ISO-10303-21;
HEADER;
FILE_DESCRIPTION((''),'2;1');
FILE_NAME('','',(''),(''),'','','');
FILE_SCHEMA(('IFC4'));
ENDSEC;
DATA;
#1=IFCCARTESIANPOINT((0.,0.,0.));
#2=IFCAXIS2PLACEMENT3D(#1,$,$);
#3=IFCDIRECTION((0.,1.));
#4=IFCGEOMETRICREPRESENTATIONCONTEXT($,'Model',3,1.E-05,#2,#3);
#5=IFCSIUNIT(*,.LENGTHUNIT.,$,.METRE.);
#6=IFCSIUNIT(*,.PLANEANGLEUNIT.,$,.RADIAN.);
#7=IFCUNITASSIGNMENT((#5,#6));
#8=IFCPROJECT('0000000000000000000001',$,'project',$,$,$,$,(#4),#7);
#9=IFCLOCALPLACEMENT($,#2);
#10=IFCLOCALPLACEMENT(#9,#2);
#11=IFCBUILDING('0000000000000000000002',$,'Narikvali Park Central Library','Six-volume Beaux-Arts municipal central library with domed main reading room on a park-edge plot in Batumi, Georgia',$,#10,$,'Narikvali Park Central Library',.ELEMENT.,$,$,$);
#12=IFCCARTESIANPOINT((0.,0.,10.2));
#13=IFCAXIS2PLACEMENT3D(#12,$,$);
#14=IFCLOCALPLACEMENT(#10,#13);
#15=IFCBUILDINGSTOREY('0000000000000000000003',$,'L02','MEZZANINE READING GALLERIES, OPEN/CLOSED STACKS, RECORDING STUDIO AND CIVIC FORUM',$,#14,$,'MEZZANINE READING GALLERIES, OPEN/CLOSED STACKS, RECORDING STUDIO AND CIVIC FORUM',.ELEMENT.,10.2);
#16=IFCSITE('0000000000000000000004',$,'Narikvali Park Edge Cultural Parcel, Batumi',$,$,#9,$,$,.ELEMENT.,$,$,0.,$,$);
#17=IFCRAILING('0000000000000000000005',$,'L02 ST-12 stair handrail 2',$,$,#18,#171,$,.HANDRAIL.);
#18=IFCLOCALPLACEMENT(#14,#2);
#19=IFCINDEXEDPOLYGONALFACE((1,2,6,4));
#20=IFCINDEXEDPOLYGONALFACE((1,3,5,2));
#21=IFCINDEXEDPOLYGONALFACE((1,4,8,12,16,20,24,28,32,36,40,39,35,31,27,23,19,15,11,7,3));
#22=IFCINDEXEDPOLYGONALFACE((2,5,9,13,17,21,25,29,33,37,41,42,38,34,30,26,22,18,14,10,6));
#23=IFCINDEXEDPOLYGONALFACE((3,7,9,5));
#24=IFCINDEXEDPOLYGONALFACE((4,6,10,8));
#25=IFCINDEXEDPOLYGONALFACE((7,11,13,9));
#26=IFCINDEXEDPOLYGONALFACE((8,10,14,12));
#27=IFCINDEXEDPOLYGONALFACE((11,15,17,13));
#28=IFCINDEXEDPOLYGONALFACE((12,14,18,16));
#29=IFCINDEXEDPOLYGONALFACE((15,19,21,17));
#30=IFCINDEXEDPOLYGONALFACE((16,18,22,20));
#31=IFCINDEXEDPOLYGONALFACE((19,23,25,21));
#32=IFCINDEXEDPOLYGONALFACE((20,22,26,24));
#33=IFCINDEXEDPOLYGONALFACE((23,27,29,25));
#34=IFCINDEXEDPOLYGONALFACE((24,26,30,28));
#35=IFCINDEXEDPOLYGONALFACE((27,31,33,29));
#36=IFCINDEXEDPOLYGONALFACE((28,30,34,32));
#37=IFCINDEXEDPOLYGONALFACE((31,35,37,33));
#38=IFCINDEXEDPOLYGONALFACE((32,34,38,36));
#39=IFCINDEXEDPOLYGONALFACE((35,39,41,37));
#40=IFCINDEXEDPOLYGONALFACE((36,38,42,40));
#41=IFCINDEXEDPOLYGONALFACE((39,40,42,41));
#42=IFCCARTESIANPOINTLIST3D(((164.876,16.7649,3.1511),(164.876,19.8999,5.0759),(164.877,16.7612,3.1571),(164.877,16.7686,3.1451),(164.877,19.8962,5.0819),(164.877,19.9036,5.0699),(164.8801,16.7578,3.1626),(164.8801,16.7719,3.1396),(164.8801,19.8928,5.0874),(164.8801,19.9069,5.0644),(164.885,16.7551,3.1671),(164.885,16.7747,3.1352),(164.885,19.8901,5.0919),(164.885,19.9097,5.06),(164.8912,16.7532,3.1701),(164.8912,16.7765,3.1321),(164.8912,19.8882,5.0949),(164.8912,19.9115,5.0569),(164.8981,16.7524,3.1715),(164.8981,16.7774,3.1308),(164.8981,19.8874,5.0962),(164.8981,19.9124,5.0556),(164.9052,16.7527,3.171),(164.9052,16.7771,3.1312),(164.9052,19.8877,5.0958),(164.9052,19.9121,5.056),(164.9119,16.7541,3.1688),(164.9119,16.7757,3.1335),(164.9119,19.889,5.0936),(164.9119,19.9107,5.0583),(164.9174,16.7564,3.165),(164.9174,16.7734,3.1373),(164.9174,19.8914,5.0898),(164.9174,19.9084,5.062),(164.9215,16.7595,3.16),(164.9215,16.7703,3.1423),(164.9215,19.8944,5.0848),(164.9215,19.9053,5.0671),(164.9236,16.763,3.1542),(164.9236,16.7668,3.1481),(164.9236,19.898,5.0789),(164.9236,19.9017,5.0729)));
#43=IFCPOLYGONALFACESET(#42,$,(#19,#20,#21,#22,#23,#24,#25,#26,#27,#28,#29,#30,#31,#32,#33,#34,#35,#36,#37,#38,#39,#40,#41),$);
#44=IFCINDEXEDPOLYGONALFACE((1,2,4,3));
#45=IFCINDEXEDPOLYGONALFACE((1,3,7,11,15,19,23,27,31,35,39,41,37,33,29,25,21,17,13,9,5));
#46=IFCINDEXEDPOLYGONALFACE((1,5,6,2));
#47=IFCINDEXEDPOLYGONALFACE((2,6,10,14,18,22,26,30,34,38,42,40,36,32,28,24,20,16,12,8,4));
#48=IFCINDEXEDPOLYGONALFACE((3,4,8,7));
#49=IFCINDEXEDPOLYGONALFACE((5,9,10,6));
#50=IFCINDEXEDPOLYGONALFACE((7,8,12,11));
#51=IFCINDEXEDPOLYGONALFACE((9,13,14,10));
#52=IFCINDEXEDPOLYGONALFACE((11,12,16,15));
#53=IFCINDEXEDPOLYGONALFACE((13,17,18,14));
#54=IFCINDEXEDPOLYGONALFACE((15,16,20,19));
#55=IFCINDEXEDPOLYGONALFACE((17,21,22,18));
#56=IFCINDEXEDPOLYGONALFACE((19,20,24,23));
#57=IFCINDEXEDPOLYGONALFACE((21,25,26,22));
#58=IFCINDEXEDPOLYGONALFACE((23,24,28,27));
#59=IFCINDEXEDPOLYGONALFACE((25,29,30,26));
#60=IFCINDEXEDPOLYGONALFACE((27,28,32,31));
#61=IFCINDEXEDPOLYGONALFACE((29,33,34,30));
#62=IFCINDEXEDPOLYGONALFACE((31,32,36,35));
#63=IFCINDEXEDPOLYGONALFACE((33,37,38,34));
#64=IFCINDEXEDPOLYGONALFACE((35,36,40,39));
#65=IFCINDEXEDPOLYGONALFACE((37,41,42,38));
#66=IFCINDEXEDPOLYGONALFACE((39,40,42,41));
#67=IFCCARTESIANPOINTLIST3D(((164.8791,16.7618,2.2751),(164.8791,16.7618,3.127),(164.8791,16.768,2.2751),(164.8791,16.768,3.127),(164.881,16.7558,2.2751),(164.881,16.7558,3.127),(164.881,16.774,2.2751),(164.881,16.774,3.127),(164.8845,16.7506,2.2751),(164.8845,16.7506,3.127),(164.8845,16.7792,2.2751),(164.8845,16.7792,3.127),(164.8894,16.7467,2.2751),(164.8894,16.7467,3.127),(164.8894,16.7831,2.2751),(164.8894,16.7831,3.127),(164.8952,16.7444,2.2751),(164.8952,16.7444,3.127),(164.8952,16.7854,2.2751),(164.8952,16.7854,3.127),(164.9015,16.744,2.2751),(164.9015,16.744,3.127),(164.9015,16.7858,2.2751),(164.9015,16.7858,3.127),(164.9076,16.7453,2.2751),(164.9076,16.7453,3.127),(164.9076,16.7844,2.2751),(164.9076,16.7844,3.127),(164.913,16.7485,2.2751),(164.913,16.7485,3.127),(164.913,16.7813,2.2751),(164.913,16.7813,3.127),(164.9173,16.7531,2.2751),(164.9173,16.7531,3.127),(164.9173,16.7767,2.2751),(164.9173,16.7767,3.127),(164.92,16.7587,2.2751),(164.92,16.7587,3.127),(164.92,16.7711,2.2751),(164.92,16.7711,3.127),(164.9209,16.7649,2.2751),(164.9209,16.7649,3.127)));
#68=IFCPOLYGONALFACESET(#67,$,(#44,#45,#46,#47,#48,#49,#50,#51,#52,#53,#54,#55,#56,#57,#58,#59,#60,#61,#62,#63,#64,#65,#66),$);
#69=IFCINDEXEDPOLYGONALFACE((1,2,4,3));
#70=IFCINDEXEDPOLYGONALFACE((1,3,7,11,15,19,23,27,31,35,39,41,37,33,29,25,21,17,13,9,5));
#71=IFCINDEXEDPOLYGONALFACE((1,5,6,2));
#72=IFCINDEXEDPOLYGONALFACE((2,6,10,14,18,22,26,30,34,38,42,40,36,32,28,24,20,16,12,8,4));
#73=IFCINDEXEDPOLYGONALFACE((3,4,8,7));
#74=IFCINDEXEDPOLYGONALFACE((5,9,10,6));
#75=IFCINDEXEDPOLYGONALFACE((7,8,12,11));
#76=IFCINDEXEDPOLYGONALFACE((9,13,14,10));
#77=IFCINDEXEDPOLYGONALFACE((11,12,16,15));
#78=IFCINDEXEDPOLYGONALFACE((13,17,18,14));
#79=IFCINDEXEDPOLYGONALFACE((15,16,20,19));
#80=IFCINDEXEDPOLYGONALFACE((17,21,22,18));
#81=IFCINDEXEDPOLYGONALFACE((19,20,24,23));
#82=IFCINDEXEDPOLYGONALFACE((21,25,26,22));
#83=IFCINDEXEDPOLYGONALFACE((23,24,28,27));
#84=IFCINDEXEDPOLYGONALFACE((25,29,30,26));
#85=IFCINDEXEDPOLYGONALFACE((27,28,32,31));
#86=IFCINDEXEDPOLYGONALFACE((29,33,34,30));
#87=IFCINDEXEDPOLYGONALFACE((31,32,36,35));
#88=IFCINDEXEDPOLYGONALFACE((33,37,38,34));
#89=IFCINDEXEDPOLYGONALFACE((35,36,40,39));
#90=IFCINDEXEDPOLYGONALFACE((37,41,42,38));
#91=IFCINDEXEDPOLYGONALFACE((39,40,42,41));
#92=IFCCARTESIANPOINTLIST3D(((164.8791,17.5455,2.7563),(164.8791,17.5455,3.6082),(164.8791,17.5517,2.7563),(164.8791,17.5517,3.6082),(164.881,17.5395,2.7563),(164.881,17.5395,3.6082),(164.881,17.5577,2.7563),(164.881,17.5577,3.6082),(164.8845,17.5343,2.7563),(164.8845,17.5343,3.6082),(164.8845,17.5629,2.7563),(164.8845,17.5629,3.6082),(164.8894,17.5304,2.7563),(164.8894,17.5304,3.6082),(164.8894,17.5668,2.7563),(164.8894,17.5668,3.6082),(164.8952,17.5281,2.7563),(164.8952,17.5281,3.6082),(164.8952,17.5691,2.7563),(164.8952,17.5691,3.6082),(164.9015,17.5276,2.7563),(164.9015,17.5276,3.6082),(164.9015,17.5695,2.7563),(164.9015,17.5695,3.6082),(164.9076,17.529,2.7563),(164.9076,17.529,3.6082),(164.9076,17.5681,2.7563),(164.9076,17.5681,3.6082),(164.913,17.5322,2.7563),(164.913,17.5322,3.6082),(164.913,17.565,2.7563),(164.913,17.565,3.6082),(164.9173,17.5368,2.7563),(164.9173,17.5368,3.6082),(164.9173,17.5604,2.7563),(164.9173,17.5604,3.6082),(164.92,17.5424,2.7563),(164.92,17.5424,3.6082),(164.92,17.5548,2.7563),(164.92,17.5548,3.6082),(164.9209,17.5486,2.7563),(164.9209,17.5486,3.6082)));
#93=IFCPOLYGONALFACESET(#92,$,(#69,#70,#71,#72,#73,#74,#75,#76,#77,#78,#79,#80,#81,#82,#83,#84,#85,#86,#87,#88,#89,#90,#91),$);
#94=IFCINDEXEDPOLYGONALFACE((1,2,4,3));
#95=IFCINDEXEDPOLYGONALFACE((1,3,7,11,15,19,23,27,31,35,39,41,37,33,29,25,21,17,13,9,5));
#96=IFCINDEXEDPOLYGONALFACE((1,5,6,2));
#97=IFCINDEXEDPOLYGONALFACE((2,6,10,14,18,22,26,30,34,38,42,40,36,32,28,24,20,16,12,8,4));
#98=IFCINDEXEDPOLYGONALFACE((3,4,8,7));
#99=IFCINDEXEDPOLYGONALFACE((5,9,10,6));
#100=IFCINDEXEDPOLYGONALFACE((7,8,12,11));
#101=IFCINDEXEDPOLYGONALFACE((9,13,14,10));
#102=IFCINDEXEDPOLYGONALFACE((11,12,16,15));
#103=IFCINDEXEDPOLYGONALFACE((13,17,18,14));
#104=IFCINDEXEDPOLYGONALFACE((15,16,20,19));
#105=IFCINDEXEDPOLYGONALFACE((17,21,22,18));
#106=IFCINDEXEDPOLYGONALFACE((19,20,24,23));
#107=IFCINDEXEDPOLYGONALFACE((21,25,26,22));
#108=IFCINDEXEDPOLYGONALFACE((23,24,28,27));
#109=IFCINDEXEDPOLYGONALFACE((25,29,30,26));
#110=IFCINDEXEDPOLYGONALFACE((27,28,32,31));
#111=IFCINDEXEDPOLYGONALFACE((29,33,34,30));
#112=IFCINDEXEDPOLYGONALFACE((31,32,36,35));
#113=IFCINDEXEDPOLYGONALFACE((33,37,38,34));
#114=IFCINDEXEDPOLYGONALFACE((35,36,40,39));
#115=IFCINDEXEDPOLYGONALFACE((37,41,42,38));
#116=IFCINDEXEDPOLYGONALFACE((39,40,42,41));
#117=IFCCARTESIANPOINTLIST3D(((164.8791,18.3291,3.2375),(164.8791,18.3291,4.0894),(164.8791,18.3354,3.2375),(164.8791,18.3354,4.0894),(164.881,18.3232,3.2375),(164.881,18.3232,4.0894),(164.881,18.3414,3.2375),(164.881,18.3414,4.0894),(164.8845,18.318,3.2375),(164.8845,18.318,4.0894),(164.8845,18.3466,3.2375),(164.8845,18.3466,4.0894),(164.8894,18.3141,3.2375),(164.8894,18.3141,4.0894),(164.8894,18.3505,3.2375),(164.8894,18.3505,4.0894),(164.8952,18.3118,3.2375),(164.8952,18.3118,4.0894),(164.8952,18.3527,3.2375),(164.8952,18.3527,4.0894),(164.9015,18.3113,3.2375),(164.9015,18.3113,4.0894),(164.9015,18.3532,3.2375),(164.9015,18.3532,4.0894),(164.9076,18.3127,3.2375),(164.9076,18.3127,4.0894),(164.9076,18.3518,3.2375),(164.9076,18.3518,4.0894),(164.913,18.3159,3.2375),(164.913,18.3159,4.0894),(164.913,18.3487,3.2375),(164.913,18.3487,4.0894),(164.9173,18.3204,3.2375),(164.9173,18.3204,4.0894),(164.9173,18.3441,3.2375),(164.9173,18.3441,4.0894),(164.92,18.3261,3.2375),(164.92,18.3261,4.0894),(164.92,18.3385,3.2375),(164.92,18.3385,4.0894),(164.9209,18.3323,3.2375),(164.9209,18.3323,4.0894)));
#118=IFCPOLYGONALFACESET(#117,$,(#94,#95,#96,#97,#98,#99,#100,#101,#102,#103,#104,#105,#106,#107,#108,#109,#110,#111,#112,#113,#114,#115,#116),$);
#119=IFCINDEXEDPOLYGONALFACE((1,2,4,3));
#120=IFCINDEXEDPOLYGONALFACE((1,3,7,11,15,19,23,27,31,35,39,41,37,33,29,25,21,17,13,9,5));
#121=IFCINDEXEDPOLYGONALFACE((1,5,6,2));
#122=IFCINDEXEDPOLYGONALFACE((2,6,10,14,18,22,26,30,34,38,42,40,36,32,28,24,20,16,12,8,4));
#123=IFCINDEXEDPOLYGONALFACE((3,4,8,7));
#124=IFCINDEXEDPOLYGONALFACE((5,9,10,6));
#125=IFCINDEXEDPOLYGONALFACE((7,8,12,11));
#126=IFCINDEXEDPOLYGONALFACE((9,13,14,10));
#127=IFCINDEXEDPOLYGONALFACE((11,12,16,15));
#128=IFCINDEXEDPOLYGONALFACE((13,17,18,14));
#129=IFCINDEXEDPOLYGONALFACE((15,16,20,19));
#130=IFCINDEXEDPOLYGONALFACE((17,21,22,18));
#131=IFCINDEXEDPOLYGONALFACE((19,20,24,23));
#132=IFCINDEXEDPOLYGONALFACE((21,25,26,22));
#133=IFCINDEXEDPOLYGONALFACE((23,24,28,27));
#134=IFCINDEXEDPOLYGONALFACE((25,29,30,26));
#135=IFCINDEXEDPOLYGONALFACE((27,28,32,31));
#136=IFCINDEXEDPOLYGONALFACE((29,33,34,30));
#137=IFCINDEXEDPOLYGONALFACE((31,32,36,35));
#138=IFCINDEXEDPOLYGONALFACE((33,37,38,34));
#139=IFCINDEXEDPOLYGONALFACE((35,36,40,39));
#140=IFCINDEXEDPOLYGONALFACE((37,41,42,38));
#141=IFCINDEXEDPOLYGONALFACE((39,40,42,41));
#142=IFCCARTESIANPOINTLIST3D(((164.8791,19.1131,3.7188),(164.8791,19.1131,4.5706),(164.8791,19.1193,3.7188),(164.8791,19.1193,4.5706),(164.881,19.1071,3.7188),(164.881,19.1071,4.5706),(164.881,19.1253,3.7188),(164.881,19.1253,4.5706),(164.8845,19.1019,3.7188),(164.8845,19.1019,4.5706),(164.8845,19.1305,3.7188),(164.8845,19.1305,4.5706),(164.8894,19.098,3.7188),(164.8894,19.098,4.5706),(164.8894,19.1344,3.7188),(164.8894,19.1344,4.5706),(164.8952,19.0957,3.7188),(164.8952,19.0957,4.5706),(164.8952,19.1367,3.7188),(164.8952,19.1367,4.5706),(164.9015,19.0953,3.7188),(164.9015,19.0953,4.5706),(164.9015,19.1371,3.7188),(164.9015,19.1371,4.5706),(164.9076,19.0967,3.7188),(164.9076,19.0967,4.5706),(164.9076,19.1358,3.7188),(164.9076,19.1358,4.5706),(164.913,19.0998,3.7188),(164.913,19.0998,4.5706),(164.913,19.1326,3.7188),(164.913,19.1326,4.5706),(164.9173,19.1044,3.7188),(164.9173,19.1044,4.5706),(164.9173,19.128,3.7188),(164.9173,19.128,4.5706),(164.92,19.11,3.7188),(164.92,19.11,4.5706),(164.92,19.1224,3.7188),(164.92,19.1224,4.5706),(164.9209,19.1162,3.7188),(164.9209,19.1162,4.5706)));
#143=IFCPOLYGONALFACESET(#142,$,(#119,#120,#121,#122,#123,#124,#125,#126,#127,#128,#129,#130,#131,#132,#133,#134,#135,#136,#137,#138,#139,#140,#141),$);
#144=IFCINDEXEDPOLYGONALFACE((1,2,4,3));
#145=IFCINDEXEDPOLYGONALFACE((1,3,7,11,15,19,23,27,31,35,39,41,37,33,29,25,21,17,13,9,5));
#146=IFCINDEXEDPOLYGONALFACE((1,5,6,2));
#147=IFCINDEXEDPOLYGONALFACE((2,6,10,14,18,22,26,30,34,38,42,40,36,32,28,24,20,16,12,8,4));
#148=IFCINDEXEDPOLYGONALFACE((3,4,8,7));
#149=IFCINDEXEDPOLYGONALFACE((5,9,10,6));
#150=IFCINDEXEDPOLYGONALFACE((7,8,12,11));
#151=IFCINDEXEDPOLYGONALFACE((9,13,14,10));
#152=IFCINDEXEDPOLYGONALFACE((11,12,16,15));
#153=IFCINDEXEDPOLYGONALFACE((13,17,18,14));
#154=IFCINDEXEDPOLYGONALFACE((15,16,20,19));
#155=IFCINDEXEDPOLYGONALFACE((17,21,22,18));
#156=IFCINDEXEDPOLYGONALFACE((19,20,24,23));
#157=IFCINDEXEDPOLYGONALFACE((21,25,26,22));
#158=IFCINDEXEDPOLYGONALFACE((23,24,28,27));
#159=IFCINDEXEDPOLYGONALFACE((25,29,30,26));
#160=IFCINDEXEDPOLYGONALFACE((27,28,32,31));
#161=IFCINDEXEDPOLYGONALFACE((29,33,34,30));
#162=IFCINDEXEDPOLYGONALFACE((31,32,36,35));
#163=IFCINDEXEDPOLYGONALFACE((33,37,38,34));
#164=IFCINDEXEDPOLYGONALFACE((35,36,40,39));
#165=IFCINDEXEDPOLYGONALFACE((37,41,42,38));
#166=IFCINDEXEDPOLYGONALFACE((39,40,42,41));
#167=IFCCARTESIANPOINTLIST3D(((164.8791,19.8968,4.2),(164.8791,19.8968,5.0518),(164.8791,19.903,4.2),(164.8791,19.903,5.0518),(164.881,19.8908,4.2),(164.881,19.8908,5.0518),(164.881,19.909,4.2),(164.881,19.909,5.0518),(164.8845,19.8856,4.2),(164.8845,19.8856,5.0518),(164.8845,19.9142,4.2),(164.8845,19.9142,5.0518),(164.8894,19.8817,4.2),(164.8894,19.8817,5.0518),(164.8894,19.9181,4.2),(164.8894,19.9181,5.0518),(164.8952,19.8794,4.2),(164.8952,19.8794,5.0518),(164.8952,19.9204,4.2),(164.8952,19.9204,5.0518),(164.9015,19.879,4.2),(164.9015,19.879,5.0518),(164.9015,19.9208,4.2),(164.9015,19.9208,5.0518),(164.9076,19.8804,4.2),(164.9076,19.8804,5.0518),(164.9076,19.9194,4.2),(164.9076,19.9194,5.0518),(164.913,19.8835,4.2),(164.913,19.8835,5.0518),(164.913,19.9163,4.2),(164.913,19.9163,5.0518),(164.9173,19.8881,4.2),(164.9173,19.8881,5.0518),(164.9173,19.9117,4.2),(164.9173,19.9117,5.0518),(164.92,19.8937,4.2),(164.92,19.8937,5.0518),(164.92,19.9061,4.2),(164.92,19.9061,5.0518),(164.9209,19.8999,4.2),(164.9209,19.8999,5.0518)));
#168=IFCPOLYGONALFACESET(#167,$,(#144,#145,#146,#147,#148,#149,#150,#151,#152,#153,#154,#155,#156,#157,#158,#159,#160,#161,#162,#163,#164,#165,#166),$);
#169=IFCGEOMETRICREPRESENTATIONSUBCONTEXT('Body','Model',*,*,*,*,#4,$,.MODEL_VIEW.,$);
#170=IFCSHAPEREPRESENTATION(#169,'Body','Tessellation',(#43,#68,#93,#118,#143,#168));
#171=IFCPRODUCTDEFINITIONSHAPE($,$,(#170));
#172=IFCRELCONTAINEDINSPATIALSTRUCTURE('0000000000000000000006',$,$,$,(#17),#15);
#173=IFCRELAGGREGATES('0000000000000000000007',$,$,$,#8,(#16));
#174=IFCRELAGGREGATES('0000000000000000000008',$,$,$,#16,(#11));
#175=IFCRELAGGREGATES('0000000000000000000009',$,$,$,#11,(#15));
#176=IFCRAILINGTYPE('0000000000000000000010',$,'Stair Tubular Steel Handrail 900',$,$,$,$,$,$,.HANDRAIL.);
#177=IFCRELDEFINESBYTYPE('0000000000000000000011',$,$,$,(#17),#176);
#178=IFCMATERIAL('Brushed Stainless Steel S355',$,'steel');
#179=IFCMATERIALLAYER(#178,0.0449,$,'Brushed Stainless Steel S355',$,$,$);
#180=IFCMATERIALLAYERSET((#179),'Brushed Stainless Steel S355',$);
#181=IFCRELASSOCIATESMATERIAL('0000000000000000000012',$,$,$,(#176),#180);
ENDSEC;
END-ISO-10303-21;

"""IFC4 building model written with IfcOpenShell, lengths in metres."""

from ifc_helpers import new_model, si_unit, direction, frame, origin, origin_2d, place, context, subcontext, project, spatial, circle, extrude, material, layer, layer_set, type_object, element, save


model = new_model("IFC4")

# Units and contexts
model_context = context("Model", 3, precision=1e-05, world=origin(), true_north=direction((0.0, 1.0)))
body_context = subcontext(model_context, "Body", "Model", "MODEL_VIEW")
ifc_project = project(units=[si_unit("LENGTHUNIT", "METRE"), si_unit("PLANEANGLEUNIT", "RADIAN")], contexts=[model_context])

# Site, building, storey
site_placement = place(None, origin())
site = spatial("IfcSite", under=ifc_project, at=site_placement, Name="Narikvali Park Edge Cultural Parcel, Batumi", CompositionType="ELEMENT", RefElevation=0.0)
building_placement = place(site_placement, origin())
building = spatial("IfcBuilding", under=site, at=building_placement, Name="Narikvali Park Central Library", Description="Six-volume Beaux-Arts municipal central library with domed main reading room on a park-edge plot in Batumi, Georgia", LongName="Narikvali Park Central Library", CompositionType="ELEMENT")
storey_placement = place(building_placement, frame((0.0, 0.0, 10.2)))
storey = spatial("IfcBuildingStorey", under=building, at=storey_placement, Name="L02", Description="MEZZANINE READING GALLERIES, OPEN/CLOSED STACKS, RECORDING STUDIO AND CIVIC FORUM", LongName="MEZZANINE READING GALLERIES, OPEN/CLOSED STACKS, RECORDING STUDIO AND CIVIC FORUM", CompositionType="ELEMENT", Elevation=10.2)

# Railing
ifc_material_1 = material(Name="Brushed Stainless Steel S355", Category="steel")
ifc_layer_1 = layer(ifc_material_1, 0.0449, Name="Brushed Stainless Steel S355")
ifc_layer_set_1 = layer_set([ifc_layer_1], Name="Brushed Stainless Steel S355")
railing_type_1 = type_object("IfcRailingType", Name="Stair Tubular Steel Handrail 900", PredefinedType="HANDRAIL", material=ifc_layer_set_1)
railing_1_placement = place(storey_placement, frame((164.8999, 16.7649, 2.2751)))
element("IfcRailing", 1, at=railing_1_placement, inside=storey, type_object=railing_type_1, Name="L02 ST-12 stair handrail 2", PredefinedType="HANDRAIL", context=body_context, shape_type="SweptSolid", body=[
    extrude(circle(Radius=0.0239, at=origin_2d()), frame((0.0, 0.0, 0.876), z_axis=(0.0, 0.852196, 0.523223), x_axis=(-1.0, 0.0, 0.0)), (0.0, 0.0, 1.0), 3.6787),
    extrude(circle(Radius=0.021, at=origin_2d()), origin(), (0.0, 0.0, 1.0), 0.8518),
    extrude(circle(Radius=0.021, at=origin_2d()), frame((0.0, 0.7837, 0.4812)), (0.0, 0.0, 1.0), 0.8518),
    extrude(circle(Radius=0.021, at=origin_2d()), frame((0.0, 1.5674, 0.9624)), (0.0, 0.0, 1.0), 0.8518),
    extrude(circle(Radius=0.021, at=origin_2d()), frame((0.0, 2.3513, 1.4436)), (0.0, 0.0, 1.0), 0.8518),
    extrude(circle(Radius=0.021, at=origin_2d()), frame((0.0, 3.135, 1.9248)), (0.0, 0.0, 1.0), 0.8518),
])

save(model, "model.ifc")
